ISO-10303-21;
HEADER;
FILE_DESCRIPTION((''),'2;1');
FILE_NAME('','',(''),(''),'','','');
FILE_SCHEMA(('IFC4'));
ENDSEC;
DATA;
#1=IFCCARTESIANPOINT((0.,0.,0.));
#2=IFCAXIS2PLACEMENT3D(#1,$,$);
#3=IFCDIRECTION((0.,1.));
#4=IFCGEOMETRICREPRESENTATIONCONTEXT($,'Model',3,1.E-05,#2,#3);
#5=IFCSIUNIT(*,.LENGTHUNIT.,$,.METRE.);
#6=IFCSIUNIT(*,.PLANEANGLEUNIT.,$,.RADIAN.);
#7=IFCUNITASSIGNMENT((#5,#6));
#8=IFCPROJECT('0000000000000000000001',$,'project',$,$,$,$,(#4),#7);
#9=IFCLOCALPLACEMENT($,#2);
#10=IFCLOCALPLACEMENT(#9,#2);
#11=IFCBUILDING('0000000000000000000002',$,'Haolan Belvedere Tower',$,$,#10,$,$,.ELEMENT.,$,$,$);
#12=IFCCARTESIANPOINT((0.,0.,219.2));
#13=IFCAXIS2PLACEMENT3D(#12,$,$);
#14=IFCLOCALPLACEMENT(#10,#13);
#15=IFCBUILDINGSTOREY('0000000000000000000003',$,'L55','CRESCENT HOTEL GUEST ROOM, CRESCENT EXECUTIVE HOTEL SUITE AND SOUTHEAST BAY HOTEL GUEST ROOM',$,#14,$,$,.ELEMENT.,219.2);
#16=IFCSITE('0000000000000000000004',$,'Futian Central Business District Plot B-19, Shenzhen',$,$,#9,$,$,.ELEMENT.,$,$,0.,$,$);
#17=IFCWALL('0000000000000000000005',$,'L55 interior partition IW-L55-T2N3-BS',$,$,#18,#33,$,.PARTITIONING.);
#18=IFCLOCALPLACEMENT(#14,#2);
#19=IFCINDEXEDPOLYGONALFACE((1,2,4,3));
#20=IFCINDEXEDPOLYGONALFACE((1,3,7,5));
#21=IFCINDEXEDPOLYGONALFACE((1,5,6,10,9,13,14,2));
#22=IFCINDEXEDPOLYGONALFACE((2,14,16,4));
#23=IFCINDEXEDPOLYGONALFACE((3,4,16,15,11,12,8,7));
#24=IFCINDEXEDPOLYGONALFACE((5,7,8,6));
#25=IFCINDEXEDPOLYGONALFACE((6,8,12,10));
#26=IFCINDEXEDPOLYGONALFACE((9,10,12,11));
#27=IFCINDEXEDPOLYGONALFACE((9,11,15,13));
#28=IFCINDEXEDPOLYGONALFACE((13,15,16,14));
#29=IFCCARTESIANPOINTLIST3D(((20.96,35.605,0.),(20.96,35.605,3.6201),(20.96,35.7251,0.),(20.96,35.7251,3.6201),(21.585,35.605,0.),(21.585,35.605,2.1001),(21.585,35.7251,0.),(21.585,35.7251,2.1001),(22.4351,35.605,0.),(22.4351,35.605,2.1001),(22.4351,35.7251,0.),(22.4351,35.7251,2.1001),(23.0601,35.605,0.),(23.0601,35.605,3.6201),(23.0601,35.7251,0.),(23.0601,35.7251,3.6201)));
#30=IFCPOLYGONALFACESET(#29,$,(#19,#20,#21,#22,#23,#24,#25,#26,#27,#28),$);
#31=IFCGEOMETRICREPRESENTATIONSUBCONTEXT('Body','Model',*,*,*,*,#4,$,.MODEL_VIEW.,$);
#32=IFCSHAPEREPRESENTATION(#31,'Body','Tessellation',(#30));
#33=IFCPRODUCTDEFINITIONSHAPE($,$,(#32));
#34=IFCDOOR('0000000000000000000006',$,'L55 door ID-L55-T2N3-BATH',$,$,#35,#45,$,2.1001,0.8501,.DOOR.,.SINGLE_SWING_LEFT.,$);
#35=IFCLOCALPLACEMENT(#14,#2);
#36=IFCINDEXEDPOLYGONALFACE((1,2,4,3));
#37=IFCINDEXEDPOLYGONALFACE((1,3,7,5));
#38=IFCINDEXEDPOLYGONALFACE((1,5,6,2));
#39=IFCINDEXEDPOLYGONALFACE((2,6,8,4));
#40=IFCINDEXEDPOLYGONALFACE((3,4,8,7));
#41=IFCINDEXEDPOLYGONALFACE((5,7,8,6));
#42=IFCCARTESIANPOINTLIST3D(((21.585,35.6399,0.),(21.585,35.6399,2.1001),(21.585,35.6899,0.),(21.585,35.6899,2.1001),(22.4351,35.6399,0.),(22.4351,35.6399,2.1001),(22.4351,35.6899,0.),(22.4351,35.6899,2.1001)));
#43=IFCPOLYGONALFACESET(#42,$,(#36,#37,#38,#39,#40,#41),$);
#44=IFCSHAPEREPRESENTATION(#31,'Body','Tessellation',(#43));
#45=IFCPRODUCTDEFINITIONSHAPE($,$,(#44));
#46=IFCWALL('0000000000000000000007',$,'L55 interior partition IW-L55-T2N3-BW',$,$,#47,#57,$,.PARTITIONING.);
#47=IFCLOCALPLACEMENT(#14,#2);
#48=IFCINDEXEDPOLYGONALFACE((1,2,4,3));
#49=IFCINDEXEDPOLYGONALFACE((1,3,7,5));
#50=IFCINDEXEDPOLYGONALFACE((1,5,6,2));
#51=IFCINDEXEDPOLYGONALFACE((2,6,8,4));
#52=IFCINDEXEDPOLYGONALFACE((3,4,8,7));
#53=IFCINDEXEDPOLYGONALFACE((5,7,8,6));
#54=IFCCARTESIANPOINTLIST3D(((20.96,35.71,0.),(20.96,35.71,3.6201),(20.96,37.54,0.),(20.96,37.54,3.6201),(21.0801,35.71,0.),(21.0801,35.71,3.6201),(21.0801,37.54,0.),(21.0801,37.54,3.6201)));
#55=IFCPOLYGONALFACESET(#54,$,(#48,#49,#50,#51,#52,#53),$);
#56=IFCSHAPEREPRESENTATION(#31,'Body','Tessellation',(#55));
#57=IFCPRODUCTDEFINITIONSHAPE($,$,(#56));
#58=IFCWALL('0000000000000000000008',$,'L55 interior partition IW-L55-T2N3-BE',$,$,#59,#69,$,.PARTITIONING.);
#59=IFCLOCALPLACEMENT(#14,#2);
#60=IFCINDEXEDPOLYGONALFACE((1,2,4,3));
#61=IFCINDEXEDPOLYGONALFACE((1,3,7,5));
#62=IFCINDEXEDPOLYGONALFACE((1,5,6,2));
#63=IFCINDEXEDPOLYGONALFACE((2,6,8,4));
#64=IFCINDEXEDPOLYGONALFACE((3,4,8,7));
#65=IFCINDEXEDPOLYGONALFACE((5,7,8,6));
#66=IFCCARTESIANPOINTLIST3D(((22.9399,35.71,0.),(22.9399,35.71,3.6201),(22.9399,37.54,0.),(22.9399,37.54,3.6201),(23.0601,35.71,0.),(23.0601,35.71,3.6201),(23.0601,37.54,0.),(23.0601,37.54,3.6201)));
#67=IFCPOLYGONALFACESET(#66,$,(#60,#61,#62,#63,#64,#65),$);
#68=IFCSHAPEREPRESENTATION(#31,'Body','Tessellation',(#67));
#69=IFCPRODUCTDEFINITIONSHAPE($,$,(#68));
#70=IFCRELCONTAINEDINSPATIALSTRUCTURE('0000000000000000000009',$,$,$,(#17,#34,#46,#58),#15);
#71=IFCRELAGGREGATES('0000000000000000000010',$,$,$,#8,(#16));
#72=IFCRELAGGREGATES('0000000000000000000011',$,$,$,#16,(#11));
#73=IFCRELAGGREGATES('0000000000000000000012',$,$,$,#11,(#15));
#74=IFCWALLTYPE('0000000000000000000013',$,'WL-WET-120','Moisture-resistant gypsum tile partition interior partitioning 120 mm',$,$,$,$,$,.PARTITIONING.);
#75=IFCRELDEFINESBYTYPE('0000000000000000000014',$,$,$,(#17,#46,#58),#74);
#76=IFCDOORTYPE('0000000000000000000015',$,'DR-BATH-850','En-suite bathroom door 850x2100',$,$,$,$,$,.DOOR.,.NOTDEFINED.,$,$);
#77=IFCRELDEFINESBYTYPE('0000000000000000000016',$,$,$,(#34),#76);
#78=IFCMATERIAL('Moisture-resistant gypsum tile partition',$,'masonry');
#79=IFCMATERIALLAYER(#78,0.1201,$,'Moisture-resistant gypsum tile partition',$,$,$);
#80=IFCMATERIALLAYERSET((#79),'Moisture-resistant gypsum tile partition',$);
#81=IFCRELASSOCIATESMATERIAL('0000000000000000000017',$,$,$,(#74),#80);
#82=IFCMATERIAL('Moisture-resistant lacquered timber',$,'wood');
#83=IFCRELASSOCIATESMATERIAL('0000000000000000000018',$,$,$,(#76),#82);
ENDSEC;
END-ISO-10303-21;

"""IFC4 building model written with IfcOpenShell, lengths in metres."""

from ifc_helpers import new_model, si_unit, direction, frame, frame_2d, origin, place, context, subcontext, project, spatial, rectangle, extrude, material, layer, layer_set, type_object, element, fill, save


model = new_model("IFC4")

# Units and contexts
model_context = context("Model", 3, precision=1e-05, world=origin(), true_north=direction((0.0, 1.0)))
body_context = subcontext(model_context, "Body", "Model", "MODEL_VIEW")
ifc_project = project(units=[si_unit("LENGTHUNIT", "METRE"), si_unit("PLANEANGLEUNIT", "RADIAN")], contexts=[model_context])

# Site, building, storey
site_placement = place(None, origin())
site = spatial("IfcSite", under=ifc_project, at=site_placement, Name="Futian Central Business District Plot B-19, Shenzhen", CompositionType="ELEMENT", RefElevation=0.0)
building_placement = place(site_placement, origin())
building = spatial("IfcBuilding", under=site, at=building_placement, Name="Haolan Belvedere Tower", CompositionType="ELEMENT")
storey_placement = place(building_placement, frame((0.0, 0.0, 219.2)))
storey = spatial("IfcBuildingStorey", under=building, at=storey_placement, Name="L55", Description="CRESCENT HOTEL GUEST ROOM, CRESCENT EXECUTIVE HOTEL SUITE AND SOUTHEAST BAY HOTEL GUEST ROOM", CompositionType="ELEMENT", Elevation=219.2)

# Shared definitions
ifc_material_1 = material(Name="Moisture-resistant gypsum tile partition", Category="masonry")
ifc_layer_1 = layer(ifc_material_1, 0.1201, Name="Moisture-resistant gypsum tile partition")
ifc_layer_set_1 = layer_set([ifc_layer_1], Name="Moisture-resistant gypsum tile partition")
wall_type_1 = type_object("IfcWallType", Name="WL-WET-120", Description="Moisture-resistant gypsum tile partition interior partitioning 120 mm", PredefinedType="PARTITIONING", material=ifc_layer_set_1)

# Wall, opening, door
wall_1_placement = place(storey_placement, frame((20.96, 35.665, 0.0), z_axis=(0.0, 0.0, 1.0), x_axis=(1.0, 0.0, 0.0)))
wall_1 = element("IfcWall", 1, at=wall_1_placement, inside=storey, type_object=wall_type_1, Name="L55 interior partition IW-L55-T2N3-BS", PredefinedType="PARTITIONING", context=body_context, shape_type="SweptSolid", body=[
    extrude(rectangle(XDim=2.1001, YDim=0.1201, at=frame_2d((1.05, 0.0))), origin(), (0.0, 0.0, 1.0), 3.6201),
])
opening_1_placement = place(wall_1_placement, frame((0.625, 0.0, 0.0)))
opening_1 = element("IfcOpeningElement", 2, at=opening_1_placement, cuts=wall_1, PredefinedType="OPENING", context=body_context, shape_type="SweptSolid", body=[
    extrude(rectangle(XDim=0.8501, YDim=2.1001, at=frame_2d((0.425, 1.05))), frame((0.0, 0.0701, 0.0), z_axis=(0.0, -1.0, 0.0), x_axis=(1.0, 0.0, 0.0)), (0.0, 0.0, 1.0), 0.1401),
])
ifc_material_2 = material(Name="Moisture-resistant lacquered timber", Category="wood")
door_type = type_object("IfcDoorType", Name="DR-BATH-850", Description="En-suite bathroom door 850x2100", OperationType="NOTDEFINED", PredefinedType="DOOR", material=ifc_material_2)
door_placement = place(opening_1_placement, origin())
door = element("IfcDoor", 3, at=door_placement, inside=storey, type_object=door_type, Name="L55 door ID-L55-T2N3-BATH", OperationType="SINGLE_SWING_LEFT", OverallHeight=2.1001, OverallWidth=0.8501, PredefinedType="DOOR", context=body_context, shape_type="SweptSolid", body=[
    extrude(rectangle(XDim=0.8501, YDim=2.1001, at=frame_2d((0.425, 1.05))), frame((0.0, 0.0249, 0.0), z_axis=(0.0, -1.0, 0.0), x_axis=(1.0, 0.0, 0.0)), (0.0, 0.0, 1.0), 0.05),
])
fill(opening_1, door)

# Walls
for number, where, z_axis, x_axis, name in (
    (4, (21.02, 35.71, 0.0), (0.0, 0.0, 1.0), (0.0, 1.0, 0.0), "L55 interior partition IW-L55-T2N3-BW"),
    (5, (23.0, 35.71, 0.0), (0.0, 0.0, 1.0), (0.0, 1.0, 0.0), "L55 interior partition IW-L55-T2N3-BE"),
):
    element("IfcWall", number, at=place(storey_placement, frame(where, z_axis=z_axis, x_axis=x_axis)), inside=storey, type_object=wall_type_1, Name=name, PredefinedType="PARTITIONING", context=body_context, shape_type="SweptSolid", body=[
        extrude(rectangle(XDim=1.8301, YDim=0.1201, at=frame_2d((0.915, 0.0))), origin(), (0.0, 0.0, 1.0), 3.6201),
    ])

save(model, "model.ifc")
